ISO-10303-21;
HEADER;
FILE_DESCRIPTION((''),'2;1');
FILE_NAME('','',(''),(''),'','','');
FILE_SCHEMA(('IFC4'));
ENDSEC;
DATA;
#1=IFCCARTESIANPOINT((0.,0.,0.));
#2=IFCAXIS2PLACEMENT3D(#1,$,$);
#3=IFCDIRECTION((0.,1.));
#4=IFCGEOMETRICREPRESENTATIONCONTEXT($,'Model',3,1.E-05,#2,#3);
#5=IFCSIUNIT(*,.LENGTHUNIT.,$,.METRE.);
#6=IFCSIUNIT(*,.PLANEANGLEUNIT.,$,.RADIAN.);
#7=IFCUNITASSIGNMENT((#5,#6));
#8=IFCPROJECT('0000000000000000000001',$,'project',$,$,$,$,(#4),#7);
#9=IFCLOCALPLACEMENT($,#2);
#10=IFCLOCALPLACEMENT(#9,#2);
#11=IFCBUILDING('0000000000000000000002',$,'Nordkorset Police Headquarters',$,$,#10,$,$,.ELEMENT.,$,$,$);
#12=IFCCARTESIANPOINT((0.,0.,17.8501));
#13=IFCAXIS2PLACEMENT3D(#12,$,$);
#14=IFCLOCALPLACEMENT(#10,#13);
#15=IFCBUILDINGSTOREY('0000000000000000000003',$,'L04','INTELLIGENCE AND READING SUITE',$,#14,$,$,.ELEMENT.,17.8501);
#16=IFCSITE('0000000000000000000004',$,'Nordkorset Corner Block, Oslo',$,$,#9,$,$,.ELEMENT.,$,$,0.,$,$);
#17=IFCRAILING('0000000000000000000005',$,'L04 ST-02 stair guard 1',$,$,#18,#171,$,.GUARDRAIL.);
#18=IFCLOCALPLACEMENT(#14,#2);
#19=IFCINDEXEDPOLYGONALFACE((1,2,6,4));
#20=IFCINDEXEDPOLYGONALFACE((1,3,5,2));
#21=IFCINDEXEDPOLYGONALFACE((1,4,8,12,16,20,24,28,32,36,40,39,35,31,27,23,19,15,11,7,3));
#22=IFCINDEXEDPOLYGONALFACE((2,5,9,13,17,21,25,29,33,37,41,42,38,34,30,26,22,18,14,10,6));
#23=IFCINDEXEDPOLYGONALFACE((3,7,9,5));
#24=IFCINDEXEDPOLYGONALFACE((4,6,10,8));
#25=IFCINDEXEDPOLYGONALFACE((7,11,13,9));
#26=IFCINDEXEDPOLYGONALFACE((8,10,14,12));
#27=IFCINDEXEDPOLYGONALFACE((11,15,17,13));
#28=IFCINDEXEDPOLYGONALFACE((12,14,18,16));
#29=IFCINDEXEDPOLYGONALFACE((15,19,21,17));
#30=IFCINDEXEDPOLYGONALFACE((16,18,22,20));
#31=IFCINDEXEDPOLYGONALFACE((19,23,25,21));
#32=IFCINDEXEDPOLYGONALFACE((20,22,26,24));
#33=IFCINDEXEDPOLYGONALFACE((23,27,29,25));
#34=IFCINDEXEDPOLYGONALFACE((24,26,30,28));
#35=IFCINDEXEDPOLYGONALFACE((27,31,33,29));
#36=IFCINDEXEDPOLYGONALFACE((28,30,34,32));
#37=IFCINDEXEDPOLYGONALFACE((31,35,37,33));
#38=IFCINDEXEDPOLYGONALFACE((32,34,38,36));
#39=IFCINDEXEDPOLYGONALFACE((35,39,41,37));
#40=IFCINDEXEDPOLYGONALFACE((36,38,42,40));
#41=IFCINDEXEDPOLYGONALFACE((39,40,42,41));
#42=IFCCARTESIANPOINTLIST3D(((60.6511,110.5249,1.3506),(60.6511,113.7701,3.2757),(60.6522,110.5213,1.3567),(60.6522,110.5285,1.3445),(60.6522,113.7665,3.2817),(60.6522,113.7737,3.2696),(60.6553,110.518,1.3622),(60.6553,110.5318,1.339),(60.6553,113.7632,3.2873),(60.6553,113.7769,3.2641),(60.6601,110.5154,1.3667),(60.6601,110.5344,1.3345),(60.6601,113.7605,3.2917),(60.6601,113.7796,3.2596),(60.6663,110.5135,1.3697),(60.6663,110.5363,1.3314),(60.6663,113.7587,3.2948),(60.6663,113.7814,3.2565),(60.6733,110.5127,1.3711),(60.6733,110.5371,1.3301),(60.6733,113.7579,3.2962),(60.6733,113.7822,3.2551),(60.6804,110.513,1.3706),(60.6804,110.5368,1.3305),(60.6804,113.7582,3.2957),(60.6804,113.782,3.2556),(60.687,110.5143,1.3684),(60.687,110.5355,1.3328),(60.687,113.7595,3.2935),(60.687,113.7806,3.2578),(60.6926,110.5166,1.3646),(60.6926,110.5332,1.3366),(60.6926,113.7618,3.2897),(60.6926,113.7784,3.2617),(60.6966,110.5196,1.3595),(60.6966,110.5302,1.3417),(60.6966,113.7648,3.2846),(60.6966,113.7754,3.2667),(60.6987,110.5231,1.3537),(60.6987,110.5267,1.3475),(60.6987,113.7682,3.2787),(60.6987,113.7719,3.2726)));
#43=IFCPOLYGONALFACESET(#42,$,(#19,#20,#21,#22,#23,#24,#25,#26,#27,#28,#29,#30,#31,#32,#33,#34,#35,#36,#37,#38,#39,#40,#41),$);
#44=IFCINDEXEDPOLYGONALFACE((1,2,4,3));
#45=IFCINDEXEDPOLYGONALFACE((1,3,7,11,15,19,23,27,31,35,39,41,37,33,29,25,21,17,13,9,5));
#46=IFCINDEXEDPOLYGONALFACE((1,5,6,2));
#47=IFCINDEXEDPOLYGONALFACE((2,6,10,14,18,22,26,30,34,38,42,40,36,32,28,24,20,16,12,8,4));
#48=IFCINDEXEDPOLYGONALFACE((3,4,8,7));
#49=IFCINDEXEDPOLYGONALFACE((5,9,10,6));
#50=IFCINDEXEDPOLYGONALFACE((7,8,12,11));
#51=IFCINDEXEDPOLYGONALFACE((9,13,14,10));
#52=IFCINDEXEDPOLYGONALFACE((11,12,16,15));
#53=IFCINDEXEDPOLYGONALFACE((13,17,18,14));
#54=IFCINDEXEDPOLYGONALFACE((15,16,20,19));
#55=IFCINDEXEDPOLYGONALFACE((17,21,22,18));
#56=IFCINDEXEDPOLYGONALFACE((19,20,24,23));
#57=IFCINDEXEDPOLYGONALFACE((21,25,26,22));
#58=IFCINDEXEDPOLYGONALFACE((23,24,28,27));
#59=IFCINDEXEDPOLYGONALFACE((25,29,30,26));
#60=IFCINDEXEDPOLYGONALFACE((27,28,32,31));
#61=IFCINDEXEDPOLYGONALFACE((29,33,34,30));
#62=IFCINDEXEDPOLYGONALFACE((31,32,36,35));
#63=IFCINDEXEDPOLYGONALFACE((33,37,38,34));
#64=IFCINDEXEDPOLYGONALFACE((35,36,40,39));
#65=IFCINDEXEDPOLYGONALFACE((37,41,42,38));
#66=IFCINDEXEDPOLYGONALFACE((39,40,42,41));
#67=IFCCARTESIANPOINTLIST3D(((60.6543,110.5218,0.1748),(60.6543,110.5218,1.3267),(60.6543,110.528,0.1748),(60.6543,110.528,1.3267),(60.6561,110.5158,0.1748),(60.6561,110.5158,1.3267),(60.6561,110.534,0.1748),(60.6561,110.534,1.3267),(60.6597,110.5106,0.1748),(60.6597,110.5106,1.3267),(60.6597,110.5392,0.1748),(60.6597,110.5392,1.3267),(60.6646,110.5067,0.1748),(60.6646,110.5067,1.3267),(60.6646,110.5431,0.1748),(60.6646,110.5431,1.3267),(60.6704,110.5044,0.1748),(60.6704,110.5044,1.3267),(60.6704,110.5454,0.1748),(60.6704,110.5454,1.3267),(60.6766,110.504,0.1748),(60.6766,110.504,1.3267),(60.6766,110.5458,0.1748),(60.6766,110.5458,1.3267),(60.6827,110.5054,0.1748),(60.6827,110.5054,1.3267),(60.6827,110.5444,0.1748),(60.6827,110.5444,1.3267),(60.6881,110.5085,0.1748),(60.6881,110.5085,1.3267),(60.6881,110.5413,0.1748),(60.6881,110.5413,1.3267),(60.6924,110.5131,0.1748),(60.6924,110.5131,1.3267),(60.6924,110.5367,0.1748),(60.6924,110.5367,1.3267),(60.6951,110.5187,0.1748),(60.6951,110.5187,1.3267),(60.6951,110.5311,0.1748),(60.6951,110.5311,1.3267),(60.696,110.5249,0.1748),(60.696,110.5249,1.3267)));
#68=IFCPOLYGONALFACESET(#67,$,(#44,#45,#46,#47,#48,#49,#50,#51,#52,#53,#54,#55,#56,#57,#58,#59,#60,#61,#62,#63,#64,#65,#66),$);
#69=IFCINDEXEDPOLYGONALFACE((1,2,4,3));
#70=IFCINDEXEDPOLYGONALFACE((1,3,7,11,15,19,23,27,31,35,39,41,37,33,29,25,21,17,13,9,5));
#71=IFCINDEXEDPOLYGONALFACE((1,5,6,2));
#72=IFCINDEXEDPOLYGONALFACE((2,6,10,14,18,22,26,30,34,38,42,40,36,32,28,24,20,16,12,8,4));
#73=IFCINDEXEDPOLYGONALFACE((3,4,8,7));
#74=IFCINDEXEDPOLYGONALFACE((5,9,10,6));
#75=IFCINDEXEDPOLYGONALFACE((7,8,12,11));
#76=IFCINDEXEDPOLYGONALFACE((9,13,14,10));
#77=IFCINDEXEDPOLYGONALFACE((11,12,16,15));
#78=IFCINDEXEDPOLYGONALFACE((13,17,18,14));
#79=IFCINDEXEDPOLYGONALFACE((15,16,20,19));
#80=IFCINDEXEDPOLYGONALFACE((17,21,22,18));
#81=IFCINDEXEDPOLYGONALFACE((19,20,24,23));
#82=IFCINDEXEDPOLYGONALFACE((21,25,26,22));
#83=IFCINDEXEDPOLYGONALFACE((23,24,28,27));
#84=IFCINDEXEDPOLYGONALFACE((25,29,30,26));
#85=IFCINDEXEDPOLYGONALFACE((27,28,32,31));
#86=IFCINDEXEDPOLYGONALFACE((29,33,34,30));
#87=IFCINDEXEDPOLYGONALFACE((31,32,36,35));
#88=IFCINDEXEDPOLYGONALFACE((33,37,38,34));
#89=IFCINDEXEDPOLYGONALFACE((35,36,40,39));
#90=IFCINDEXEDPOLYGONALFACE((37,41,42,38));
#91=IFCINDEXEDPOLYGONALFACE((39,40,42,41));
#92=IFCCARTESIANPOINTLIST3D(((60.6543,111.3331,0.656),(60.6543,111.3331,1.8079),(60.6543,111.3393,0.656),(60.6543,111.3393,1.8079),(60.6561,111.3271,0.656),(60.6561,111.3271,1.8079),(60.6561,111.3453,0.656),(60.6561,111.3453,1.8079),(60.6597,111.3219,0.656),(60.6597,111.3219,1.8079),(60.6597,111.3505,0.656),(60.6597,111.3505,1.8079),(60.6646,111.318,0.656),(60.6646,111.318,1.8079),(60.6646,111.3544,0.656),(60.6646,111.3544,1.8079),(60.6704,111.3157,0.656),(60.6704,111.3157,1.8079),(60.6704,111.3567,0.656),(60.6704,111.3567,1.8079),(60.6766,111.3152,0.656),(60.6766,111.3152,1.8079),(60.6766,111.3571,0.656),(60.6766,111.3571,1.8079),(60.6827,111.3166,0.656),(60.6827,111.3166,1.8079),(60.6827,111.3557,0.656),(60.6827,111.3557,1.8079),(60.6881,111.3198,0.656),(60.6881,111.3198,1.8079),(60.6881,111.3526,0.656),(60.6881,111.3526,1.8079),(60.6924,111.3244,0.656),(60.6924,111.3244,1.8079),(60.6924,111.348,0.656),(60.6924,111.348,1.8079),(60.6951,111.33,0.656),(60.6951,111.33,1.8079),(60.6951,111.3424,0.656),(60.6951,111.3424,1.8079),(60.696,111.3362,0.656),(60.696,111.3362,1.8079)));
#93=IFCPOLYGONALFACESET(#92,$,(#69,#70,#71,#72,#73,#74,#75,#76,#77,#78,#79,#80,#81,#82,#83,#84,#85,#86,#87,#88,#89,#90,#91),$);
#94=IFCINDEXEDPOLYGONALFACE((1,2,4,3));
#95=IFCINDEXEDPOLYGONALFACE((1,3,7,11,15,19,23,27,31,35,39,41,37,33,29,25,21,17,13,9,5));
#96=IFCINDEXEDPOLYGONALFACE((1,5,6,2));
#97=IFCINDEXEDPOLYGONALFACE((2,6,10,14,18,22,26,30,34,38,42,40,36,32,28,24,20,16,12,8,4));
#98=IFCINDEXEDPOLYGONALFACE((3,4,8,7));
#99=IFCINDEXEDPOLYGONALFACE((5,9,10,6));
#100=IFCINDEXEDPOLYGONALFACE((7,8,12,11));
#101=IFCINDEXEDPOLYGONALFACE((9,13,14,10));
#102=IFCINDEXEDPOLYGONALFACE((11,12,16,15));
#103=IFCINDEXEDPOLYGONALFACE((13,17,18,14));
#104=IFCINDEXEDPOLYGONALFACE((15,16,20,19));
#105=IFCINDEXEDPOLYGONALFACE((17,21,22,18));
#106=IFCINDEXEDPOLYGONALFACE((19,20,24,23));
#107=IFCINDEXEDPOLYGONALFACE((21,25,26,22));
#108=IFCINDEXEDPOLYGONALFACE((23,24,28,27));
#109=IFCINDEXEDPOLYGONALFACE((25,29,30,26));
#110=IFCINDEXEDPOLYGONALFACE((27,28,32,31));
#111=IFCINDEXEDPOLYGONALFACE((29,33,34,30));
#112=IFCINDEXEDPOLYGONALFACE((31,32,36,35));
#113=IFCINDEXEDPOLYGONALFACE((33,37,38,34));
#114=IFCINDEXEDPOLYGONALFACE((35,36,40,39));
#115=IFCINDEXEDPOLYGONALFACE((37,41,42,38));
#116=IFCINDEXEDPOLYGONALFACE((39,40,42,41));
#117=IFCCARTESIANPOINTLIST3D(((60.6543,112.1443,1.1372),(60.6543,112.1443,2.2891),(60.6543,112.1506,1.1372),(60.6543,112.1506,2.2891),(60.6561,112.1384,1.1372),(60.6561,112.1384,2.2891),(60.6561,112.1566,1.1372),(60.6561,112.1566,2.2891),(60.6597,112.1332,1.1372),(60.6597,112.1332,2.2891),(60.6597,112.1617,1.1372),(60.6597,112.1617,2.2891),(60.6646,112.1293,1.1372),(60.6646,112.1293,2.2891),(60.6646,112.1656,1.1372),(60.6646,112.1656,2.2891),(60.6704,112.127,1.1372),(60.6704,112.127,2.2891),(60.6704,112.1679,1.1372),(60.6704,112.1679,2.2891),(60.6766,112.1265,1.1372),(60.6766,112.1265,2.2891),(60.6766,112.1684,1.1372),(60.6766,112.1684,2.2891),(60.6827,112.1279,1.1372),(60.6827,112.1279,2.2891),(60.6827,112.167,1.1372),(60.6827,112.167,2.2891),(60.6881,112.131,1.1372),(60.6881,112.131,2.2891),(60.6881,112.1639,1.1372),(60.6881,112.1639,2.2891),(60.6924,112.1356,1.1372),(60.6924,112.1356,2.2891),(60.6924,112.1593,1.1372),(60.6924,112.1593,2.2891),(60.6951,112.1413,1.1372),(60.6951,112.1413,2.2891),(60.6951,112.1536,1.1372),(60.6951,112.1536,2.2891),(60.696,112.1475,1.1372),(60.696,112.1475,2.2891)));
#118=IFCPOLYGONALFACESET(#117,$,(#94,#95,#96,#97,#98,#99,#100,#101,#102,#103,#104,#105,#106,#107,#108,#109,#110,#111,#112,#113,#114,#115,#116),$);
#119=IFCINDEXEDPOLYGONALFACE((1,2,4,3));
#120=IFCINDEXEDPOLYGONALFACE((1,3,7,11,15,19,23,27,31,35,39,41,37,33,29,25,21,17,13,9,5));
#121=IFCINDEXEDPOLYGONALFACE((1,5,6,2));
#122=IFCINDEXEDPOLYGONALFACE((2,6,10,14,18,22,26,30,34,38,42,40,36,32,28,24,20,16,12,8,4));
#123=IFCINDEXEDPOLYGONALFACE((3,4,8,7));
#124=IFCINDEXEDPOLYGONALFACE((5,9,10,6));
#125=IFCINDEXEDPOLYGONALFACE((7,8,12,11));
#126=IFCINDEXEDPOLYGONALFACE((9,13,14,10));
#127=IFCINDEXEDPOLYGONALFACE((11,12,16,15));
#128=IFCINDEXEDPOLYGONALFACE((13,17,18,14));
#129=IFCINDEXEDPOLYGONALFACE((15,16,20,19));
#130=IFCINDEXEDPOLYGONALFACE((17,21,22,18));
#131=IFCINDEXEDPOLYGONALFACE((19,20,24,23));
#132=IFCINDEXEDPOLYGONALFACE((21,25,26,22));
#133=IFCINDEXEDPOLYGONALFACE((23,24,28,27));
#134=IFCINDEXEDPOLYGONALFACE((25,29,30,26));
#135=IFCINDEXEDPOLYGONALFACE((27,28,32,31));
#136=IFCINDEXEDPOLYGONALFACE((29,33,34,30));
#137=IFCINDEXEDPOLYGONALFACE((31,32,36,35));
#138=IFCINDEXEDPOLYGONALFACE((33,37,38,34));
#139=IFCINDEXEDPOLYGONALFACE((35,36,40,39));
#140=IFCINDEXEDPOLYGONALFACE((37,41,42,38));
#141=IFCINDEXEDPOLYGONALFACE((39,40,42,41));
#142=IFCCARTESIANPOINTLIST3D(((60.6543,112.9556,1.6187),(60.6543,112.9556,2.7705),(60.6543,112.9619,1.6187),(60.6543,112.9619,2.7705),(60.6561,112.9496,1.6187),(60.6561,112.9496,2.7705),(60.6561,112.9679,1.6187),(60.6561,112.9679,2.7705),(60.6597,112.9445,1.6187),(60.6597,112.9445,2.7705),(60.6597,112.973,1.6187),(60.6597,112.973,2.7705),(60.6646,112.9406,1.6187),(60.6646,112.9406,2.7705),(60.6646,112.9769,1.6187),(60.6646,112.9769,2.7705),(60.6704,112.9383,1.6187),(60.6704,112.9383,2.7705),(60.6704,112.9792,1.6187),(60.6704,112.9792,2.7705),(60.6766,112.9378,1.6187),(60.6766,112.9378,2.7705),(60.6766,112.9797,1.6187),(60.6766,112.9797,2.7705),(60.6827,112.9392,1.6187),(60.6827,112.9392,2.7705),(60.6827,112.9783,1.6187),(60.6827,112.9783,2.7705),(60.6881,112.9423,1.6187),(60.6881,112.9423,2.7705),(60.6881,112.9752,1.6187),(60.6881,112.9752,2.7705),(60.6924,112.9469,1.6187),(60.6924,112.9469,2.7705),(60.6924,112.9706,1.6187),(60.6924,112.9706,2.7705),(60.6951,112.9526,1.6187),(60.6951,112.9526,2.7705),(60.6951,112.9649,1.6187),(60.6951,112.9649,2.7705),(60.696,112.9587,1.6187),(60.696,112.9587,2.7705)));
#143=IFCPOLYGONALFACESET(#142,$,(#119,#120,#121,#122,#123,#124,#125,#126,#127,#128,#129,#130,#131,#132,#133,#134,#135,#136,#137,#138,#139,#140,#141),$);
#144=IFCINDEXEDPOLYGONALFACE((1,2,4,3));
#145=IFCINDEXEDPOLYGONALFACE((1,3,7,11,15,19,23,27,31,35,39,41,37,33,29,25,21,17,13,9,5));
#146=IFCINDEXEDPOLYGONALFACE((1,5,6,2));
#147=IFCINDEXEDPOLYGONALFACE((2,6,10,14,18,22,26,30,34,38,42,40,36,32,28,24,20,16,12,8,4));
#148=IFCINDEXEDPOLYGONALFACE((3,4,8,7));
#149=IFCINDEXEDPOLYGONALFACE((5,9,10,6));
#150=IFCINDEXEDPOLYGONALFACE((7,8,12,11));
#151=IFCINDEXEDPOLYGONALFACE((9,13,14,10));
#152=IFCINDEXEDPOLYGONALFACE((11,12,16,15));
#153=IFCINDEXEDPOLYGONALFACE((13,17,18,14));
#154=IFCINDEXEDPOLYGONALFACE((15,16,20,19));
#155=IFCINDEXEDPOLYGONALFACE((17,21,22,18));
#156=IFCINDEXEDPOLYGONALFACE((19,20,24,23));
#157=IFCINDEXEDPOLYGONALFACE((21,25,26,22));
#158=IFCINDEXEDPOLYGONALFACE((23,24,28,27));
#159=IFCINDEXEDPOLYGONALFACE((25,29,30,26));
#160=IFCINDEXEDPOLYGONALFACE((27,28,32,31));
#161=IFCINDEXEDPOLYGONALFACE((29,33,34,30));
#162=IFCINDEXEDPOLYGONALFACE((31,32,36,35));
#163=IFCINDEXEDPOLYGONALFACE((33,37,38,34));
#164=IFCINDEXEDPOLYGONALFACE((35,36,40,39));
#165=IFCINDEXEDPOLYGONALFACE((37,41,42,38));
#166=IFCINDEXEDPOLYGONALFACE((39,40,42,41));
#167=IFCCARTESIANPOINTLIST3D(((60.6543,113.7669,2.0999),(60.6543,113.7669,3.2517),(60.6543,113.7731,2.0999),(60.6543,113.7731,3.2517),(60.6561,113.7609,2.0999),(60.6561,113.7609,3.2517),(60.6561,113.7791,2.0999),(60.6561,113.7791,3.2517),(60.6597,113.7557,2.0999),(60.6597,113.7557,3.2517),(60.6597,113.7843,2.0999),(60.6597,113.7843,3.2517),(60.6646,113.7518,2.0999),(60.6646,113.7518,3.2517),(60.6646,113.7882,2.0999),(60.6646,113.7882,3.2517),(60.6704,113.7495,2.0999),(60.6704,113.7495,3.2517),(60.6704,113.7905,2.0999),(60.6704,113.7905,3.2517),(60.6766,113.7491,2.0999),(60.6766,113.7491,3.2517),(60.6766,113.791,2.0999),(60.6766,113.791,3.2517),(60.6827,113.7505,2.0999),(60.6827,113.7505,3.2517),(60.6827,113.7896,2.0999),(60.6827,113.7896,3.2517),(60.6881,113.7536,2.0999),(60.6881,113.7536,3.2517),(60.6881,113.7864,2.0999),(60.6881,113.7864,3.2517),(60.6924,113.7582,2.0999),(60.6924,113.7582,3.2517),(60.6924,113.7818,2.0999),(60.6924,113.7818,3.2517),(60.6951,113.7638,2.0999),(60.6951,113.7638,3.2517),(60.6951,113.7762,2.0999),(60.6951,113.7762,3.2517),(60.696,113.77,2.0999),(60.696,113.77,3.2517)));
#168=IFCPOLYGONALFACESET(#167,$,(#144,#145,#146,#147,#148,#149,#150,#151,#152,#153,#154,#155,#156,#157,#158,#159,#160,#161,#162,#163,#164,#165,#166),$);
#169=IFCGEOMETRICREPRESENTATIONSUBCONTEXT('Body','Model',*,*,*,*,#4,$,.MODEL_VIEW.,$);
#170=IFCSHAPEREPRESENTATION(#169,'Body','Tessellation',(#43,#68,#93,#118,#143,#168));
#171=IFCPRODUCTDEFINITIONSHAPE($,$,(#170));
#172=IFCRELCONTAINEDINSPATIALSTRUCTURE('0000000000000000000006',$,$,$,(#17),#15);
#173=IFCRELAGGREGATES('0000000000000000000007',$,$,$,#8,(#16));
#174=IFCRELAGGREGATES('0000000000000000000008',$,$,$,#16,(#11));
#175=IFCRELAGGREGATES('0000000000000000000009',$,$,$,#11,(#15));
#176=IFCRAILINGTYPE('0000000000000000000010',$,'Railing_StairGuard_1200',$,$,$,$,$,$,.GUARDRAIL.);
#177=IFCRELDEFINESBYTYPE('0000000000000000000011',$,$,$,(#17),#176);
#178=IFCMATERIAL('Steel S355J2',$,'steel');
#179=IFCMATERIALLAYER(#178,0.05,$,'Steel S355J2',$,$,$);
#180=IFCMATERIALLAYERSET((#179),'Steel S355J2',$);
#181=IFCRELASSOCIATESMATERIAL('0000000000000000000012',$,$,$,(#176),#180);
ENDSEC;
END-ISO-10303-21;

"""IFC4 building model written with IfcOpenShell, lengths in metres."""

from ifc_helpers import new_model, si_unit, direction, frame, origin, origin_2d, place, context, subcontext, project, spatial, circle, extrude, material, layer, layer_set, type_object, element, save


model = new_model("IFC4")

# Units and contexts
model_context = context("Model", 3, precision=1e-05, world=origin(), true_north=direction((0.0, 1.0)))
body_context = subcontext(model_context, "Body", "Model", "MODEL_VIEW")
ifc_project = project(units=[si_unit("LENGTHUNIT", "METRE"), si_unit("PLANEANGLEUNIT", "RADIAN")], contexts=[model_context])

# Site, building, storey
site_placement = place(None, origin())
site = spatial("IfcSite", under=ifc_project, at=site_placement, Name="Nordkorset Corner Block, Oslo", CompositionType="ELEMENT", RefElevation=0.0)
building_placement = place(site_placement, origin())
building = spatial("IfcBuilding", under=site, at=building_placement, Name="Nordkorset Police Headquarters", CompositionType="ELEMENT")
storey_placement = place(building_placement, frame((0.0, 0.0, 17.8501)))
storey = spatial("IfcBuildingStorey", under=building, at=storey_placement, Name="L04", Description="INTELLIGENCE AND READING SUITE", CompositionType="ELEMENT", Elevation=17.8501)

# Railing
ifc_material_1 = material(Name="Steel S355J2", Category="steel")
ifc_layer_1 = layer(ifc_material_1, 0.05, Name="Steel S355J2")
ifc_layer_set_1 = layer_set([ifc_layer_1], Name="Steel S355J2")
railing_type_1 = type_object("IfcRailingType", Name="Railing_StairGuard_1200", PredefinedType="GUARDRAIL", material=ifc_layer_set_1)
railing_1_placement = place(storey_placement, frame((60.675, 110.5249, 0.1748)))
element("IfcRailing", 1, at=railing_1_placement, inside=storey, type_object=railing_type_1, Name="L04 ST-02 stair guard 1", PredefinedType="GUARDRAIL", context=body_context, shape_type="SweptSolid", body=[
    extrude(circle(Radius=0.0239, at=origin_2d()), frame((0.0, 0.0, 1.1758), z_axis=(0.0, 0.860057, 0.510198), x_axis=(-1.0, 0.0, 0.0)), (0.0, 0.0, 1.0), 3.7732),
    extrude(circle(Radius=0.021, at=origin_2d()), origin(), (0.0, 0.0, 1.0), 1.1519),
    extrude(circle(Radius=0.021, at=origin_2d()), frame((0.0, 0.8113, 0.4812)), (0.0, 0.0, 1.0), 1.1519),
    extrude(circle(Radius=0.021, at=origin_2d()), frame((0.0, 1.6226, 0.9624)), (0.0, 0.0, 1.0), 1.1519),
    extrude(circle(Radius=0.021, at=origin_2d()), frame((0.0, 2.4338, 1.4438)), (0.0, 0.0, 1.0), 1.1519),
    extrude(circle(Radius=0.021, at=origin_2d()), frame((0.0, 3.2451, 1.925)), (0.0, 0.0, 1.0), 1.1519),
])

save(model, "model.ifc")
